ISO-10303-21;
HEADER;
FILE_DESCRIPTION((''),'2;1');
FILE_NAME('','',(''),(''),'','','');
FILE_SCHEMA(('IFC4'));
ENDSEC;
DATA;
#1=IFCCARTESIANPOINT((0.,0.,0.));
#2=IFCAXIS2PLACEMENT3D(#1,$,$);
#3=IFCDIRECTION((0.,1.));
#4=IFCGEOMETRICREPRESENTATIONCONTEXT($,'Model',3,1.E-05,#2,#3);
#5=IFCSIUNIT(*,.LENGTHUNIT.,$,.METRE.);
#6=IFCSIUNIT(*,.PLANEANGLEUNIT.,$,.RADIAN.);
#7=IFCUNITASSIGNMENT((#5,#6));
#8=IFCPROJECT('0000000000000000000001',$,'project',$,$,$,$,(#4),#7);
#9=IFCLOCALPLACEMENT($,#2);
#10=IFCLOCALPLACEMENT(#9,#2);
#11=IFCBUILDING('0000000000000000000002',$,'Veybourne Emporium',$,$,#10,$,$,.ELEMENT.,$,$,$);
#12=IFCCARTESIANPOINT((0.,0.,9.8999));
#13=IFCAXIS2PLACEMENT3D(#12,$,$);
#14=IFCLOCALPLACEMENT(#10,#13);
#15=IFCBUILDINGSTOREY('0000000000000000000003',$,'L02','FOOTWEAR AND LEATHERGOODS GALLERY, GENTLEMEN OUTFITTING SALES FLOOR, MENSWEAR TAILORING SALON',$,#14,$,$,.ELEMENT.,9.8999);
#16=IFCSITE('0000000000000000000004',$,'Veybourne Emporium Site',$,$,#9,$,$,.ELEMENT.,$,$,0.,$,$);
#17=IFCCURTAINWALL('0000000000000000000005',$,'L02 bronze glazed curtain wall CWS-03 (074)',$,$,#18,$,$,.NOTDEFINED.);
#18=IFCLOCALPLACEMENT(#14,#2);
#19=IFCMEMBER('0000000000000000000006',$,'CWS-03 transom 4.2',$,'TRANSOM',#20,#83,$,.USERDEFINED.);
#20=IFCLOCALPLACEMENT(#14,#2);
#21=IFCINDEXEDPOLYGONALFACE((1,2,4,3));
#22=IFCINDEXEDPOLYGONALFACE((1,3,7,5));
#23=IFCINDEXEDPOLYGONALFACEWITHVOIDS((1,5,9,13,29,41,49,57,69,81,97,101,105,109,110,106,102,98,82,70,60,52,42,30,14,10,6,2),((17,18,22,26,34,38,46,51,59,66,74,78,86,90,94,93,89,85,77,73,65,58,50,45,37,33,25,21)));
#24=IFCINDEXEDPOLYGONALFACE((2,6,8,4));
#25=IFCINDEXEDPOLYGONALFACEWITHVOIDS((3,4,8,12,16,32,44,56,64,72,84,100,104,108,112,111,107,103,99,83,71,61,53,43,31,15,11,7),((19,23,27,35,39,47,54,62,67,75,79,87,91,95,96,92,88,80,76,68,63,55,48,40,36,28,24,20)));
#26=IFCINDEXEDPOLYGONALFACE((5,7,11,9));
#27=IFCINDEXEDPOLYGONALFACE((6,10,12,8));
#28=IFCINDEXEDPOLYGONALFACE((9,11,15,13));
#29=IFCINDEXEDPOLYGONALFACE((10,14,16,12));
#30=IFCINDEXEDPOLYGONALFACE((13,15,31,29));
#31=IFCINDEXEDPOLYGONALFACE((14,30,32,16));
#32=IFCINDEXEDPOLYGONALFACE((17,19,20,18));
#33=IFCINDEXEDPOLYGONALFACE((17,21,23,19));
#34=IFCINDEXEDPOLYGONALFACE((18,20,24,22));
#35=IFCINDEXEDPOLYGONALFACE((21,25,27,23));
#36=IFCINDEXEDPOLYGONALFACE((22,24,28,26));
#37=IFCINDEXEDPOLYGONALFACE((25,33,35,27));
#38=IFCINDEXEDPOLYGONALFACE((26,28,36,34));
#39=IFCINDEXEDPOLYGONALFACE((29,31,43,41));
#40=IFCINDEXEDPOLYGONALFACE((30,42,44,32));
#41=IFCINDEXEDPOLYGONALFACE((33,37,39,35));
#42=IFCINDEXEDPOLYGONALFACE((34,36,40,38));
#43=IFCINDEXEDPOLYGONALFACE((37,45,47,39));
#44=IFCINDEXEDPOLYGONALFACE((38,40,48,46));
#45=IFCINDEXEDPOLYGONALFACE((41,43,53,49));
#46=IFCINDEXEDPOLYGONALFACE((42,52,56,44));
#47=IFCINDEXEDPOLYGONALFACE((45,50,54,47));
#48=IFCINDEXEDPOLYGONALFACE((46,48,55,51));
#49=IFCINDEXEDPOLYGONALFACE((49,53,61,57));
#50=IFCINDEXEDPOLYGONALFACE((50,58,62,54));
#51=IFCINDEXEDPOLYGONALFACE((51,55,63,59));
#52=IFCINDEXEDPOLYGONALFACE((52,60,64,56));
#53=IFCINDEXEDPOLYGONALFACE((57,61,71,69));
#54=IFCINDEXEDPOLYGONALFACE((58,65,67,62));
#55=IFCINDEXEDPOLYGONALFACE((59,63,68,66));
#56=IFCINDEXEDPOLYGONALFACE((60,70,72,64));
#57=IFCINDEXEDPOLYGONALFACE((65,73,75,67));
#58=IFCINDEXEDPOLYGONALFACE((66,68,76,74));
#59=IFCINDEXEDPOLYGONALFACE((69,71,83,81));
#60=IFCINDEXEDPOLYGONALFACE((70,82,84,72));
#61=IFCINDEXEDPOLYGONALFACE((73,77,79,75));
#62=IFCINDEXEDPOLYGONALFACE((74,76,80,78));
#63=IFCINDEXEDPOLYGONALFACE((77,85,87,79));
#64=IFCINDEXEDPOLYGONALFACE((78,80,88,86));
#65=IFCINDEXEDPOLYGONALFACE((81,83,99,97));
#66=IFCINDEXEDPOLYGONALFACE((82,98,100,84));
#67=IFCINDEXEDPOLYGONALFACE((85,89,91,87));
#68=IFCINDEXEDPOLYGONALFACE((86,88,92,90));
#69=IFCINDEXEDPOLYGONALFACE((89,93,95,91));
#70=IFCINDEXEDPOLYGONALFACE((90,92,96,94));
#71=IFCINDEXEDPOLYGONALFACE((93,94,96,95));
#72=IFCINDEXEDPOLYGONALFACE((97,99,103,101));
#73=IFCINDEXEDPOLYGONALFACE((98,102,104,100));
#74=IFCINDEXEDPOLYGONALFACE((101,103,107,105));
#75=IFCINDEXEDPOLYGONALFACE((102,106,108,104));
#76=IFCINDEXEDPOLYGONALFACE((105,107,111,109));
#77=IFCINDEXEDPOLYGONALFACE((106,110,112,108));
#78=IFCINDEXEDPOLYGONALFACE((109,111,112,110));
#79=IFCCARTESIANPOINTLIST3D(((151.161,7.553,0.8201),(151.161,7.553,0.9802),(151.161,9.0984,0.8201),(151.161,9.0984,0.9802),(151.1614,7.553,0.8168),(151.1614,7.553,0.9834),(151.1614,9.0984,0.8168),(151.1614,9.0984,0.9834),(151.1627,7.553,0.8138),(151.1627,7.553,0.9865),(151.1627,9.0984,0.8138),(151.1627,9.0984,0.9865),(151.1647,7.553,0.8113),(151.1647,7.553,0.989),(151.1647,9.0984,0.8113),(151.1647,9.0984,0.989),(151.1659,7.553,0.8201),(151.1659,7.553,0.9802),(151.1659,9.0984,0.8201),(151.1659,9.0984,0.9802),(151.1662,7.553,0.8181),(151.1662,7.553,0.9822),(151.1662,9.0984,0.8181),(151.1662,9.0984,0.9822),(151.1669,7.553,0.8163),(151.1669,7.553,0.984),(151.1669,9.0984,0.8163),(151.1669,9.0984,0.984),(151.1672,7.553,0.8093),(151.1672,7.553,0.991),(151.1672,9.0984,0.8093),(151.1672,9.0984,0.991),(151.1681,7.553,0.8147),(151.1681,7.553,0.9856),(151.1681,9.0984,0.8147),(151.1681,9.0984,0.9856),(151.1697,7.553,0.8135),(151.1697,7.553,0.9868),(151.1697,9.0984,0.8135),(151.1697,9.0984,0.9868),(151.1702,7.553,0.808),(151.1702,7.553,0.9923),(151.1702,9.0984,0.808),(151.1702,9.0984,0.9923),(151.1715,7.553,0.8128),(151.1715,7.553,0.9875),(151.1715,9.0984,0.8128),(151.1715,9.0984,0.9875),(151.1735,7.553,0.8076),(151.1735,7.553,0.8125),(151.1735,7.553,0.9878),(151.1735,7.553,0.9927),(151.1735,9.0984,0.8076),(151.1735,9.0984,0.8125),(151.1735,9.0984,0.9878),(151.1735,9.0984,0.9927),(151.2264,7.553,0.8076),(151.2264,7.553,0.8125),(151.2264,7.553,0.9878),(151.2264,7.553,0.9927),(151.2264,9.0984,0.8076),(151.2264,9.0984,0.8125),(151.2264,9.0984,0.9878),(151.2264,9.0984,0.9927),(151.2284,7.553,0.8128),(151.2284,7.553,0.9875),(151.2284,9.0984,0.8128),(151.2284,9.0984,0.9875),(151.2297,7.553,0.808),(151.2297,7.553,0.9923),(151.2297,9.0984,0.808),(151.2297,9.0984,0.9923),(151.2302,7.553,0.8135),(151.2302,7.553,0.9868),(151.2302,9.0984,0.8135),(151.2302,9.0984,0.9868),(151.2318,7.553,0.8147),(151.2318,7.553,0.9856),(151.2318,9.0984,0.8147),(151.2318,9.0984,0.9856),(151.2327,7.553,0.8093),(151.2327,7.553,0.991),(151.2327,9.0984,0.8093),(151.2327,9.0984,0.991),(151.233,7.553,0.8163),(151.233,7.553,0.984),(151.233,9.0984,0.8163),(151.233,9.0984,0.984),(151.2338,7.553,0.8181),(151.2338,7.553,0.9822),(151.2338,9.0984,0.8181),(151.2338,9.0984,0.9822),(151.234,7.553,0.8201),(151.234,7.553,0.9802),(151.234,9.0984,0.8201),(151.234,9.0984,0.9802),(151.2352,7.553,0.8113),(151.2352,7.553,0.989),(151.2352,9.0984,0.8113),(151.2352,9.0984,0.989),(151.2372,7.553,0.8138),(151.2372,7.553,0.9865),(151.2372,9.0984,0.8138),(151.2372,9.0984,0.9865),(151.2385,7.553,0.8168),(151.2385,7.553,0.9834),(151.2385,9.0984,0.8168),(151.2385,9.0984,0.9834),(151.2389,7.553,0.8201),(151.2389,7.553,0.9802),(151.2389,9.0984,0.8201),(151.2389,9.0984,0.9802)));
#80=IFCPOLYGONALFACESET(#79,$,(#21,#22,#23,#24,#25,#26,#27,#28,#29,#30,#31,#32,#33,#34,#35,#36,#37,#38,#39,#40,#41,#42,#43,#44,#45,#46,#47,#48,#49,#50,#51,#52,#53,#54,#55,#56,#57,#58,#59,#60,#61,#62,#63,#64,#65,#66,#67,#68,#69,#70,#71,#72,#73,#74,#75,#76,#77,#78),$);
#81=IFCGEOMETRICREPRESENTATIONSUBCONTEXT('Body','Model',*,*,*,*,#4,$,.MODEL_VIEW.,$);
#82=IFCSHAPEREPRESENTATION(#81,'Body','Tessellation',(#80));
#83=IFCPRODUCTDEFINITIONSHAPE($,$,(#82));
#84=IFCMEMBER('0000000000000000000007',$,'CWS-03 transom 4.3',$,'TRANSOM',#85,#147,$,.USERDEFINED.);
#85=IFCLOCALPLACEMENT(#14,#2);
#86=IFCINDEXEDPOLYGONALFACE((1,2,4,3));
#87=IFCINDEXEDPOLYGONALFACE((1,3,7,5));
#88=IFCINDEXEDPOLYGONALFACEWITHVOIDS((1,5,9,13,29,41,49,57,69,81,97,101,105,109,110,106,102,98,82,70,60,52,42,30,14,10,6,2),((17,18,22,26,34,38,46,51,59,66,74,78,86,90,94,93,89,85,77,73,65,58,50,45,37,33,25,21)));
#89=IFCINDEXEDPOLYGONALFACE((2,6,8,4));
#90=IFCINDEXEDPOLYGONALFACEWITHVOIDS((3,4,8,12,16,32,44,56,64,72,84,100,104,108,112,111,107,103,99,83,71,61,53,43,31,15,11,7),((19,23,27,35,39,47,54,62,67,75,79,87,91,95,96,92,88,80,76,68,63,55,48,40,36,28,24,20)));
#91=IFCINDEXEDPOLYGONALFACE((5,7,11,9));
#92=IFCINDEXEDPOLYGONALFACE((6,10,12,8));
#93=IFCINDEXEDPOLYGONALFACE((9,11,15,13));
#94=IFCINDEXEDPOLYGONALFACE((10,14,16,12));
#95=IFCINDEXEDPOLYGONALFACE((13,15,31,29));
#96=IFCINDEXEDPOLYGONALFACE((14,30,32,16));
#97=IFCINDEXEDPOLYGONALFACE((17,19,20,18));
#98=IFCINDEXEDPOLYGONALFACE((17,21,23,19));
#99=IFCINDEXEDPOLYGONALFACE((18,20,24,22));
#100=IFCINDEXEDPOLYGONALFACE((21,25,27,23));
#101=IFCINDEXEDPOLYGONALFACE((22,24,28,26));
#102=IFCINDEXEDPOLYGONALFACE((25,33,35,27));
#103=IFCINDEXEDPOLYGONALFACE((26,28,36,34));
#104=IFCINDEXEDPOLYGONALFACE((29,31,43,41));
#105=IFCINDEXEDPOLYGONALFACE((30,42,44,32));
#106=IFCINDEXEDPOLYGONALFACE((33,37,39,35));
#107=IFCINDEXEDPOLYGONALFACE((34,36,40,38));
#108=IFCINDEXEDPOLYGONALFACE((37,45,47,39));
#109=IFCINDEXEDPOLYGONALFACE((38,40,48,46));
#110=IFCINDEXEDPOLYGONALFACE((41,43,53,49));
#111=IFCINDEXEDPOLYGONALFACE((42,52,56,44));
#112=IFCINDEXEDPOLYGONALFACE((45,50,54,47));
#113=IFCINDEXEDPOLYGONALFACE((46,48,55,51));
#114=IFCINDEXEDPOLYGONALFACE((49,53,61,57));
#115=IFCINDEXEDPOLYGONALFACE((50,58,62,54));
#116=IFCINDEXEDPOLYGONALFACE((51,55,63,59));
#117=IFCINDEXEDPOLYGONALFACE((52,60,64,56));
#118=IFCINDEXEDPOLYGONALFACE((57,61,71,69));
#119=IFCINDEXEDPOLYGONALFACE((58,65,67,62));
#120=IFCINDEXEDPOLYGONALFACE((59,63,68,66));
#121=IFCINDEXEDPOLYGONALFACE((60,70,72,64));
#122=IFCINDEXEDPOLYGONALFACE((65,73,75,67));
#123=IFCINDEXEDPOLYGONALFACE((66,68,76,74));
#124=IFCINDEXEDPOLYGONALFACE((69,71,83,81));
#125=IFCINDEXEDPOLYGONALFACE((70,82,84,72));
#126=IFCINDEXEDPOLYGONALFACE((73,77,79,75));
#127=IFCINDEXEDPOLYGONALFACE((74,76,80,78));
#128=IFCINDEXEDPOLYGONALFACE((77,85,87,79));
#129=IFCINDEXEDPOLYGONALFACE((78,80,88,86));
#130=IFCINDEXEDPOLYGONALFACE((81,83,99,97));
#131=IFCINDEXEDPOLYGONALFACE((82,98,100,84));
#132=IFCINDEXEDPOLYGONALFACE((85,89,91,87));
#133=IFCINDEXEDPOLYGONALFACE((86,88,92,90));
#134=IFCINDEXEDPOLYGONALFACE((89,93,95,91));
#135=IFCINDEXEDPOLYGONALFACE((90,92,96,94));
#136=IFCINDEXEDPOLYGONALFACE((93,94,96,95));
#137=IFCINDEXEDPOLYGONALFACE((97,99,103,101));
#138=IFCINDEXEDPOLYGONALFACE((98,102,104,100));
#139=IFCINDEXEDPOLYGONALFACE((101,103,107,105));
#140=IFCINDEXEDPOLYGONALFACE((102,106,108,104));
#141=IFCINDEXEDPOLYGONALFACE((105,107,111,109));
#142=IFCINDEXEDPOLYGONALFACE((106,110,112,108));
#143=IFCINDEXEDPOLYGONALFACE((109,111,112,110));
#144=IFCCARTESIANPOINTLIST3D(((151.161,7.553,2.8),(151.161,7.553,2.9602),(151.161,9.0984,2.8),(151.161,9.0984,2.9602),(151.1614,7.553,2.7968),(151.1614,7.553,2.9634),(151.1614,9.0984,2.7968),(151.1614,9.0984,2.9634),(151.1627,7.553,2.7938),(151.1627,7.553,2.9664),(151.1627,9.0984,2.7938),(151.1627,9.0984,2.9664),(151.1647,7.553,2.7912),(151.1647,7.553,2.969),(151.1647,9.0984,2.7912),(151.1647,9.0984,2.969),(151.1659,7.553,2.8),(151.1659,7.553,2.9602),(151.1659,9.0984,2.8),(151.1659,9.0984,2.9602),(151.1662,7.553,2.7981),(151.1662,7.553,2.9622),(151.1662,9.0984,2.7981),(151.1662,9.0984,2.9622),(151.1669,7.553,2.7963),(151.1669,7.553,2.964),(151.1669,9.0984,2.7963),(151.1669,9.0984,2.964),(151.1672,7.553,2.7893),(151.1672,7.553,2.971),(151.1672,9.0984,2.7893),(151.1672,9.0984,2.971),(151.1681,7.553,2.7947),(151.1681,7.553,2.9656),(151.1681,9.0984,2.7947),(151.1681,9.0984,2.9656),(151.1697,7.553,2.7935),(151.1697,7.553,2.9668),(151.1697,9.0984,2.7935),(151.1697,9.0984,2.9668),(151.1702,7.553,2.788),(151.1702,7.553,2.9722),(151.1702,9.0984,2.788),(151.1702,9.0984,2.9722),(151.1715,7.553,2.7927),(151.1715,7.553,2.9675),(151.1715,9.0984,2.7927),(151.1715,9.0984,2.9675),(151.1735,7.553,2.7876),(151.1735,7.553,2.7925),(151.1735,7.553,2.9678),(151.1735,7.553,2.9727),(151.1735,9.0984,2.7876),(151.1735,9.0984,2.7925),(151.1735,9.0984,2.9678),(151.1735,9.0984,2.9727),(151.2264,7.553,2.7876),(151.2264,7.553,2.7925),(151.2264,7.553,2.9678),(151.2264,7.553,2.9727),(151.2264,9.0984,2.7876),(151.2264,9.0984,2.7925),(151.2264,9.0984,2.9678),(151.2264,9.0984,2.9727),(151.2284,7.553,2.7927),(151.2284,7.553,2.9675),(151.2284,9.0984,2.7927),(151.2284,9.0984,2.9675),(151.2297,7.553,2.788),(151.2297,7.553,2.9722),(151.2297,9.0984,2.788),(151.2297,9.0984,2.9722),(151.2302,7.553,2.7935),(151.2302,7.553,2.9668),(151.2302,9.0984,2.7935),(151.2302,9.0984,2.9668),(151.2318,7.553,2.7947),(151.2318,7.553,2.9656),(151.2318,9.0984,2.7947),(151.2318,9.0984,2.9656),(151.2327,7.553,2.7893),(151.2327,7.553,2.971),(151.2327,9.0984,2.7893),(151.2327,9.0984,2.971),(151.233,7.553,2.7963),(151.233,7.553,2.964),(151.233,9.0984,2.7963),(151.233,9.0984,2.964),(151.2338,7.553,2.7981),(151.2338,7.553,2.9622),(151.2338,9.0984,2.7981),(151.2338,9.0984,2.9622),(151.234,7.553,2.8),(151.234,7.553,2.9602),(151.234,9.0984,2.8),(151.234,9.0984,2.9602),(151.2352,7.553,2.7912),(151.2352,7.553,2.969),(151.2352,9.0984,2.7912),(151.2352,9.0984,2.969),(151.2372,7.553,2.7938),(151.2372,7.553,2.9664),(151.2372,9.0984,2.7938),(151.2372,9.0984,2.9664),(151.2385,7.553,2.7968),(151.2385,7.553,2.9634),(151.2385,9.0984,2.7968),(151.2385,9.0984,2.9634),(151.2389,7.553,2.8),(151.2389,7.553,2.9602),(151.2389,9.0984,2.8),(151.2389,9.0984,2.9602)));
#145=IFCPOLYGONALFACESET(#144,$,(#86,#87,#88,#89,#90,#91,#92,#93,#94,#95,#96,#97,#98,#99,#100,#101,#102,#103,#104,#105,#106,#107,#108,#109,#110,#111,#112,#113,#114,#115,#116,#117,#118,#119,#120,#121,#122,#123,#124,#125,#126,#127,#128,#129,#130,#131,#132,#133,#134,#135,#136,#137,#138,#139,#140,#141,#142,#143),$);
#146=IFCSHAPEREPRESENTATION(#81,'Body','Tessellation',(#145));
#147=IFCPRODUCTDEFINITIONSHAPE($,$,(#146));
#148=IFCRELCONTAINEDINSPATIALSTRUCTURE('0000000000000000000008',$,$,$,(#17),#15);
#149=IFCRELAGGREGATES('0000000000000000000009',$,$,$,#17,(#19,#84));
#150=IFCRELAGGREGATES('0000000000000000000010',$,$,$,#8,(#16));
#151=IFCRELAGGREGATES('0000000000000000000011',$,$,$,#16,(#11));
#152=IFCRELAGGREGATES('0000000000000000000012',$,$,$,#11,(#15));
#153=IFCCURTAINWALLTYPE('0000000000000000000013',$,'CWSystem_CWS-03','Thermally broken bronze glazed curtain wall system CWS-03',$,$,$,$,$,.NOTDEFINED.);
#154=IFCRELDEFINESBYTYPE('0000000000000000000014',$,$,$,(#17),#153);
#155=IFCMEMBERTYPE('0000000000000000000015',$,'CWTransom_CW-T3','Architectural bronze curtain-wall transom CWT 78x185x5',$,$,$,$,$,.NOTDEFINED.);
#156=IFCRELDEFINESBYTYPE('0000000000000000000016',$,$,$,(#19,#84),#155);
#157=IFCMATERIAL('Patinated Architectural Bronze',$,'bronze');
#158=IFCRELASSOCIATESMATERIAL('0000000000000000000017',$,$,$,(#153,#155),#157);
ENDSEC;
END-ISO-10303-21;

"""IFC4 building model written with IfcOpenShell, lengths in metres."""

from ifc_helpers import new_model, si_unit, direction, frame, origin, origin_2d, place, context, subcontext, project, spatial, hollow_rectangle, extrude, material, material_profile, profile_set, type_object, element, aggregate, save


model = new_model("IFC4")

# Units and contexts
model_context = context("Model", 3, precision=1e-05, world=origin(), true_north=direction((0.0, 1.0)))
body_context = subcontext(model_context, "Body", "Model", "MODEL_VIEW")
ifc_project = project(units=[si_unit("LENGTHUNIT", "METRE"), si_unit("PLANEANGLEUNIT", "RADIAN")], contexts=[model_context])

# Site, building, storey
site_placement = place(None, origin())
site = spatial("IfcSite", under=ifc_project, at=site_placement, Name="Veybourne Emporium Site", CompositionType="ELEMENT", RefElevation=0.0)
building_placement = place(site_placement, origin())
building = spatial("IfcBuilding", under=site, at=building_placement, Name="Veybourne Emporium", CompositionType="ELEMENT")
storey_placement = place(building_placement, frame((0.0, 0.0, 9.8999)))
storey = spatial("IfcBuildingStorey", under=building, at=storey_placement, Name="L02", Description="FOOTWEAR AND LEATHERGOODS GALLERY, GENTLEMEN OUTFITTING SALES FLOOR, MENSWEAR TAILORING SALON", CompositionType="ELEMENT", Elevation=9.8999)

# Curtain wall
ifc_material_1 = material(Name="Patinated Architectural Bronze", Category="bronze")
curtain_wall_type_1 = type_object("IfcCurtainWallType", Name="CWSystem_CWS-03", Description="Thermally broken bronze glazed curtain wall system CWS-03", PredefinedType="NOTDEFINED", material=ifc_material_1)
curtain_wall_1_placement = place(storey_placement, origin())
curtain_wall_1 = element("IfcCurtainWall", 1, at=curtain_wall_1_placement, inside=storey, type_object=curtain_wall_type_1, Name="L02 bronze glazed curtain wall CWS-03 (074)", PredefinedType="NOTDEFINED")

# Members
ifc_material_profile_1 = material_profile(ifc_material_1, hollow_rectangle(XDim=0.0779, YDim=0.1851, WallThickness=0.0049, InnerFilletRadius=0.0076, OuterFilletRadius=0.0125, at=origin_2d()), Name="CWT 78x185x5")
ifc_profile_set_1 = profile_set([ifc_material_profile_1], Name="Patinated Architectural Bronze")
member_type_1 = type_object("IfcMemberType", Name="CWTransom_CW-T3", Description="Architectural bronze curtain-wall transom CWT 78x185x5", PredefinedType="NOTDEFINED", material=ifc_profile_set_1)
member_1_placement = place(storey_placement, frame((151.2, 9.0984, 0.9001), z_axis=(0.0, -1.0, 0.0), x_axis=(1.0, 0.0, 0.0)))
member_1 = element("IfcMember", 2, at=member_1_placement, type_object=member_type_1, Name="CWS-03 transom 4.2", ObjectType="TRANSOM", PredefinedType="USERDEFINED", context=body_context, shape_type="SweptSolid", body=[
    extrude(hollow_rectangle(XDim=0.0779, YDim=0.1851, WallThickness=0.0049, InnerFilletRadius=0.0076, OuterFilletRadius=0.0125, at=origin_2d()), origin(), (0.0, 0.0, 1.0), 1.5454),
])
member_2_placement = place(storey_placement, frame((151.2, 9.0984, 2.8801), z_axis=(0.0, -1.0, 0.0), x_axis=(1.0, 0.0, 0.0)))
member_2 = element("IfcMember", 3, at=member_2_placement, type_object=member_type_1, Name="CWS-03 transom 4.3", ObjectType="TRANSOM", PredefinedType="USERDEFINED", context=body_context, shape_type="SweptSolid", body=[
    extrude(hollow_rectangle(XDim=0.0779, YDim=0.1851, WallThickness=0.0049, InnerFilletRadius=0.0076, OuterFilletRadius=0.0125, at=origin_2d()), origin(), (0.0, 0.0, 1.0), 1.5454),
])

aggregate(curtain_wall_1, [member_1, member_2])

save(model, "model.ifc")
